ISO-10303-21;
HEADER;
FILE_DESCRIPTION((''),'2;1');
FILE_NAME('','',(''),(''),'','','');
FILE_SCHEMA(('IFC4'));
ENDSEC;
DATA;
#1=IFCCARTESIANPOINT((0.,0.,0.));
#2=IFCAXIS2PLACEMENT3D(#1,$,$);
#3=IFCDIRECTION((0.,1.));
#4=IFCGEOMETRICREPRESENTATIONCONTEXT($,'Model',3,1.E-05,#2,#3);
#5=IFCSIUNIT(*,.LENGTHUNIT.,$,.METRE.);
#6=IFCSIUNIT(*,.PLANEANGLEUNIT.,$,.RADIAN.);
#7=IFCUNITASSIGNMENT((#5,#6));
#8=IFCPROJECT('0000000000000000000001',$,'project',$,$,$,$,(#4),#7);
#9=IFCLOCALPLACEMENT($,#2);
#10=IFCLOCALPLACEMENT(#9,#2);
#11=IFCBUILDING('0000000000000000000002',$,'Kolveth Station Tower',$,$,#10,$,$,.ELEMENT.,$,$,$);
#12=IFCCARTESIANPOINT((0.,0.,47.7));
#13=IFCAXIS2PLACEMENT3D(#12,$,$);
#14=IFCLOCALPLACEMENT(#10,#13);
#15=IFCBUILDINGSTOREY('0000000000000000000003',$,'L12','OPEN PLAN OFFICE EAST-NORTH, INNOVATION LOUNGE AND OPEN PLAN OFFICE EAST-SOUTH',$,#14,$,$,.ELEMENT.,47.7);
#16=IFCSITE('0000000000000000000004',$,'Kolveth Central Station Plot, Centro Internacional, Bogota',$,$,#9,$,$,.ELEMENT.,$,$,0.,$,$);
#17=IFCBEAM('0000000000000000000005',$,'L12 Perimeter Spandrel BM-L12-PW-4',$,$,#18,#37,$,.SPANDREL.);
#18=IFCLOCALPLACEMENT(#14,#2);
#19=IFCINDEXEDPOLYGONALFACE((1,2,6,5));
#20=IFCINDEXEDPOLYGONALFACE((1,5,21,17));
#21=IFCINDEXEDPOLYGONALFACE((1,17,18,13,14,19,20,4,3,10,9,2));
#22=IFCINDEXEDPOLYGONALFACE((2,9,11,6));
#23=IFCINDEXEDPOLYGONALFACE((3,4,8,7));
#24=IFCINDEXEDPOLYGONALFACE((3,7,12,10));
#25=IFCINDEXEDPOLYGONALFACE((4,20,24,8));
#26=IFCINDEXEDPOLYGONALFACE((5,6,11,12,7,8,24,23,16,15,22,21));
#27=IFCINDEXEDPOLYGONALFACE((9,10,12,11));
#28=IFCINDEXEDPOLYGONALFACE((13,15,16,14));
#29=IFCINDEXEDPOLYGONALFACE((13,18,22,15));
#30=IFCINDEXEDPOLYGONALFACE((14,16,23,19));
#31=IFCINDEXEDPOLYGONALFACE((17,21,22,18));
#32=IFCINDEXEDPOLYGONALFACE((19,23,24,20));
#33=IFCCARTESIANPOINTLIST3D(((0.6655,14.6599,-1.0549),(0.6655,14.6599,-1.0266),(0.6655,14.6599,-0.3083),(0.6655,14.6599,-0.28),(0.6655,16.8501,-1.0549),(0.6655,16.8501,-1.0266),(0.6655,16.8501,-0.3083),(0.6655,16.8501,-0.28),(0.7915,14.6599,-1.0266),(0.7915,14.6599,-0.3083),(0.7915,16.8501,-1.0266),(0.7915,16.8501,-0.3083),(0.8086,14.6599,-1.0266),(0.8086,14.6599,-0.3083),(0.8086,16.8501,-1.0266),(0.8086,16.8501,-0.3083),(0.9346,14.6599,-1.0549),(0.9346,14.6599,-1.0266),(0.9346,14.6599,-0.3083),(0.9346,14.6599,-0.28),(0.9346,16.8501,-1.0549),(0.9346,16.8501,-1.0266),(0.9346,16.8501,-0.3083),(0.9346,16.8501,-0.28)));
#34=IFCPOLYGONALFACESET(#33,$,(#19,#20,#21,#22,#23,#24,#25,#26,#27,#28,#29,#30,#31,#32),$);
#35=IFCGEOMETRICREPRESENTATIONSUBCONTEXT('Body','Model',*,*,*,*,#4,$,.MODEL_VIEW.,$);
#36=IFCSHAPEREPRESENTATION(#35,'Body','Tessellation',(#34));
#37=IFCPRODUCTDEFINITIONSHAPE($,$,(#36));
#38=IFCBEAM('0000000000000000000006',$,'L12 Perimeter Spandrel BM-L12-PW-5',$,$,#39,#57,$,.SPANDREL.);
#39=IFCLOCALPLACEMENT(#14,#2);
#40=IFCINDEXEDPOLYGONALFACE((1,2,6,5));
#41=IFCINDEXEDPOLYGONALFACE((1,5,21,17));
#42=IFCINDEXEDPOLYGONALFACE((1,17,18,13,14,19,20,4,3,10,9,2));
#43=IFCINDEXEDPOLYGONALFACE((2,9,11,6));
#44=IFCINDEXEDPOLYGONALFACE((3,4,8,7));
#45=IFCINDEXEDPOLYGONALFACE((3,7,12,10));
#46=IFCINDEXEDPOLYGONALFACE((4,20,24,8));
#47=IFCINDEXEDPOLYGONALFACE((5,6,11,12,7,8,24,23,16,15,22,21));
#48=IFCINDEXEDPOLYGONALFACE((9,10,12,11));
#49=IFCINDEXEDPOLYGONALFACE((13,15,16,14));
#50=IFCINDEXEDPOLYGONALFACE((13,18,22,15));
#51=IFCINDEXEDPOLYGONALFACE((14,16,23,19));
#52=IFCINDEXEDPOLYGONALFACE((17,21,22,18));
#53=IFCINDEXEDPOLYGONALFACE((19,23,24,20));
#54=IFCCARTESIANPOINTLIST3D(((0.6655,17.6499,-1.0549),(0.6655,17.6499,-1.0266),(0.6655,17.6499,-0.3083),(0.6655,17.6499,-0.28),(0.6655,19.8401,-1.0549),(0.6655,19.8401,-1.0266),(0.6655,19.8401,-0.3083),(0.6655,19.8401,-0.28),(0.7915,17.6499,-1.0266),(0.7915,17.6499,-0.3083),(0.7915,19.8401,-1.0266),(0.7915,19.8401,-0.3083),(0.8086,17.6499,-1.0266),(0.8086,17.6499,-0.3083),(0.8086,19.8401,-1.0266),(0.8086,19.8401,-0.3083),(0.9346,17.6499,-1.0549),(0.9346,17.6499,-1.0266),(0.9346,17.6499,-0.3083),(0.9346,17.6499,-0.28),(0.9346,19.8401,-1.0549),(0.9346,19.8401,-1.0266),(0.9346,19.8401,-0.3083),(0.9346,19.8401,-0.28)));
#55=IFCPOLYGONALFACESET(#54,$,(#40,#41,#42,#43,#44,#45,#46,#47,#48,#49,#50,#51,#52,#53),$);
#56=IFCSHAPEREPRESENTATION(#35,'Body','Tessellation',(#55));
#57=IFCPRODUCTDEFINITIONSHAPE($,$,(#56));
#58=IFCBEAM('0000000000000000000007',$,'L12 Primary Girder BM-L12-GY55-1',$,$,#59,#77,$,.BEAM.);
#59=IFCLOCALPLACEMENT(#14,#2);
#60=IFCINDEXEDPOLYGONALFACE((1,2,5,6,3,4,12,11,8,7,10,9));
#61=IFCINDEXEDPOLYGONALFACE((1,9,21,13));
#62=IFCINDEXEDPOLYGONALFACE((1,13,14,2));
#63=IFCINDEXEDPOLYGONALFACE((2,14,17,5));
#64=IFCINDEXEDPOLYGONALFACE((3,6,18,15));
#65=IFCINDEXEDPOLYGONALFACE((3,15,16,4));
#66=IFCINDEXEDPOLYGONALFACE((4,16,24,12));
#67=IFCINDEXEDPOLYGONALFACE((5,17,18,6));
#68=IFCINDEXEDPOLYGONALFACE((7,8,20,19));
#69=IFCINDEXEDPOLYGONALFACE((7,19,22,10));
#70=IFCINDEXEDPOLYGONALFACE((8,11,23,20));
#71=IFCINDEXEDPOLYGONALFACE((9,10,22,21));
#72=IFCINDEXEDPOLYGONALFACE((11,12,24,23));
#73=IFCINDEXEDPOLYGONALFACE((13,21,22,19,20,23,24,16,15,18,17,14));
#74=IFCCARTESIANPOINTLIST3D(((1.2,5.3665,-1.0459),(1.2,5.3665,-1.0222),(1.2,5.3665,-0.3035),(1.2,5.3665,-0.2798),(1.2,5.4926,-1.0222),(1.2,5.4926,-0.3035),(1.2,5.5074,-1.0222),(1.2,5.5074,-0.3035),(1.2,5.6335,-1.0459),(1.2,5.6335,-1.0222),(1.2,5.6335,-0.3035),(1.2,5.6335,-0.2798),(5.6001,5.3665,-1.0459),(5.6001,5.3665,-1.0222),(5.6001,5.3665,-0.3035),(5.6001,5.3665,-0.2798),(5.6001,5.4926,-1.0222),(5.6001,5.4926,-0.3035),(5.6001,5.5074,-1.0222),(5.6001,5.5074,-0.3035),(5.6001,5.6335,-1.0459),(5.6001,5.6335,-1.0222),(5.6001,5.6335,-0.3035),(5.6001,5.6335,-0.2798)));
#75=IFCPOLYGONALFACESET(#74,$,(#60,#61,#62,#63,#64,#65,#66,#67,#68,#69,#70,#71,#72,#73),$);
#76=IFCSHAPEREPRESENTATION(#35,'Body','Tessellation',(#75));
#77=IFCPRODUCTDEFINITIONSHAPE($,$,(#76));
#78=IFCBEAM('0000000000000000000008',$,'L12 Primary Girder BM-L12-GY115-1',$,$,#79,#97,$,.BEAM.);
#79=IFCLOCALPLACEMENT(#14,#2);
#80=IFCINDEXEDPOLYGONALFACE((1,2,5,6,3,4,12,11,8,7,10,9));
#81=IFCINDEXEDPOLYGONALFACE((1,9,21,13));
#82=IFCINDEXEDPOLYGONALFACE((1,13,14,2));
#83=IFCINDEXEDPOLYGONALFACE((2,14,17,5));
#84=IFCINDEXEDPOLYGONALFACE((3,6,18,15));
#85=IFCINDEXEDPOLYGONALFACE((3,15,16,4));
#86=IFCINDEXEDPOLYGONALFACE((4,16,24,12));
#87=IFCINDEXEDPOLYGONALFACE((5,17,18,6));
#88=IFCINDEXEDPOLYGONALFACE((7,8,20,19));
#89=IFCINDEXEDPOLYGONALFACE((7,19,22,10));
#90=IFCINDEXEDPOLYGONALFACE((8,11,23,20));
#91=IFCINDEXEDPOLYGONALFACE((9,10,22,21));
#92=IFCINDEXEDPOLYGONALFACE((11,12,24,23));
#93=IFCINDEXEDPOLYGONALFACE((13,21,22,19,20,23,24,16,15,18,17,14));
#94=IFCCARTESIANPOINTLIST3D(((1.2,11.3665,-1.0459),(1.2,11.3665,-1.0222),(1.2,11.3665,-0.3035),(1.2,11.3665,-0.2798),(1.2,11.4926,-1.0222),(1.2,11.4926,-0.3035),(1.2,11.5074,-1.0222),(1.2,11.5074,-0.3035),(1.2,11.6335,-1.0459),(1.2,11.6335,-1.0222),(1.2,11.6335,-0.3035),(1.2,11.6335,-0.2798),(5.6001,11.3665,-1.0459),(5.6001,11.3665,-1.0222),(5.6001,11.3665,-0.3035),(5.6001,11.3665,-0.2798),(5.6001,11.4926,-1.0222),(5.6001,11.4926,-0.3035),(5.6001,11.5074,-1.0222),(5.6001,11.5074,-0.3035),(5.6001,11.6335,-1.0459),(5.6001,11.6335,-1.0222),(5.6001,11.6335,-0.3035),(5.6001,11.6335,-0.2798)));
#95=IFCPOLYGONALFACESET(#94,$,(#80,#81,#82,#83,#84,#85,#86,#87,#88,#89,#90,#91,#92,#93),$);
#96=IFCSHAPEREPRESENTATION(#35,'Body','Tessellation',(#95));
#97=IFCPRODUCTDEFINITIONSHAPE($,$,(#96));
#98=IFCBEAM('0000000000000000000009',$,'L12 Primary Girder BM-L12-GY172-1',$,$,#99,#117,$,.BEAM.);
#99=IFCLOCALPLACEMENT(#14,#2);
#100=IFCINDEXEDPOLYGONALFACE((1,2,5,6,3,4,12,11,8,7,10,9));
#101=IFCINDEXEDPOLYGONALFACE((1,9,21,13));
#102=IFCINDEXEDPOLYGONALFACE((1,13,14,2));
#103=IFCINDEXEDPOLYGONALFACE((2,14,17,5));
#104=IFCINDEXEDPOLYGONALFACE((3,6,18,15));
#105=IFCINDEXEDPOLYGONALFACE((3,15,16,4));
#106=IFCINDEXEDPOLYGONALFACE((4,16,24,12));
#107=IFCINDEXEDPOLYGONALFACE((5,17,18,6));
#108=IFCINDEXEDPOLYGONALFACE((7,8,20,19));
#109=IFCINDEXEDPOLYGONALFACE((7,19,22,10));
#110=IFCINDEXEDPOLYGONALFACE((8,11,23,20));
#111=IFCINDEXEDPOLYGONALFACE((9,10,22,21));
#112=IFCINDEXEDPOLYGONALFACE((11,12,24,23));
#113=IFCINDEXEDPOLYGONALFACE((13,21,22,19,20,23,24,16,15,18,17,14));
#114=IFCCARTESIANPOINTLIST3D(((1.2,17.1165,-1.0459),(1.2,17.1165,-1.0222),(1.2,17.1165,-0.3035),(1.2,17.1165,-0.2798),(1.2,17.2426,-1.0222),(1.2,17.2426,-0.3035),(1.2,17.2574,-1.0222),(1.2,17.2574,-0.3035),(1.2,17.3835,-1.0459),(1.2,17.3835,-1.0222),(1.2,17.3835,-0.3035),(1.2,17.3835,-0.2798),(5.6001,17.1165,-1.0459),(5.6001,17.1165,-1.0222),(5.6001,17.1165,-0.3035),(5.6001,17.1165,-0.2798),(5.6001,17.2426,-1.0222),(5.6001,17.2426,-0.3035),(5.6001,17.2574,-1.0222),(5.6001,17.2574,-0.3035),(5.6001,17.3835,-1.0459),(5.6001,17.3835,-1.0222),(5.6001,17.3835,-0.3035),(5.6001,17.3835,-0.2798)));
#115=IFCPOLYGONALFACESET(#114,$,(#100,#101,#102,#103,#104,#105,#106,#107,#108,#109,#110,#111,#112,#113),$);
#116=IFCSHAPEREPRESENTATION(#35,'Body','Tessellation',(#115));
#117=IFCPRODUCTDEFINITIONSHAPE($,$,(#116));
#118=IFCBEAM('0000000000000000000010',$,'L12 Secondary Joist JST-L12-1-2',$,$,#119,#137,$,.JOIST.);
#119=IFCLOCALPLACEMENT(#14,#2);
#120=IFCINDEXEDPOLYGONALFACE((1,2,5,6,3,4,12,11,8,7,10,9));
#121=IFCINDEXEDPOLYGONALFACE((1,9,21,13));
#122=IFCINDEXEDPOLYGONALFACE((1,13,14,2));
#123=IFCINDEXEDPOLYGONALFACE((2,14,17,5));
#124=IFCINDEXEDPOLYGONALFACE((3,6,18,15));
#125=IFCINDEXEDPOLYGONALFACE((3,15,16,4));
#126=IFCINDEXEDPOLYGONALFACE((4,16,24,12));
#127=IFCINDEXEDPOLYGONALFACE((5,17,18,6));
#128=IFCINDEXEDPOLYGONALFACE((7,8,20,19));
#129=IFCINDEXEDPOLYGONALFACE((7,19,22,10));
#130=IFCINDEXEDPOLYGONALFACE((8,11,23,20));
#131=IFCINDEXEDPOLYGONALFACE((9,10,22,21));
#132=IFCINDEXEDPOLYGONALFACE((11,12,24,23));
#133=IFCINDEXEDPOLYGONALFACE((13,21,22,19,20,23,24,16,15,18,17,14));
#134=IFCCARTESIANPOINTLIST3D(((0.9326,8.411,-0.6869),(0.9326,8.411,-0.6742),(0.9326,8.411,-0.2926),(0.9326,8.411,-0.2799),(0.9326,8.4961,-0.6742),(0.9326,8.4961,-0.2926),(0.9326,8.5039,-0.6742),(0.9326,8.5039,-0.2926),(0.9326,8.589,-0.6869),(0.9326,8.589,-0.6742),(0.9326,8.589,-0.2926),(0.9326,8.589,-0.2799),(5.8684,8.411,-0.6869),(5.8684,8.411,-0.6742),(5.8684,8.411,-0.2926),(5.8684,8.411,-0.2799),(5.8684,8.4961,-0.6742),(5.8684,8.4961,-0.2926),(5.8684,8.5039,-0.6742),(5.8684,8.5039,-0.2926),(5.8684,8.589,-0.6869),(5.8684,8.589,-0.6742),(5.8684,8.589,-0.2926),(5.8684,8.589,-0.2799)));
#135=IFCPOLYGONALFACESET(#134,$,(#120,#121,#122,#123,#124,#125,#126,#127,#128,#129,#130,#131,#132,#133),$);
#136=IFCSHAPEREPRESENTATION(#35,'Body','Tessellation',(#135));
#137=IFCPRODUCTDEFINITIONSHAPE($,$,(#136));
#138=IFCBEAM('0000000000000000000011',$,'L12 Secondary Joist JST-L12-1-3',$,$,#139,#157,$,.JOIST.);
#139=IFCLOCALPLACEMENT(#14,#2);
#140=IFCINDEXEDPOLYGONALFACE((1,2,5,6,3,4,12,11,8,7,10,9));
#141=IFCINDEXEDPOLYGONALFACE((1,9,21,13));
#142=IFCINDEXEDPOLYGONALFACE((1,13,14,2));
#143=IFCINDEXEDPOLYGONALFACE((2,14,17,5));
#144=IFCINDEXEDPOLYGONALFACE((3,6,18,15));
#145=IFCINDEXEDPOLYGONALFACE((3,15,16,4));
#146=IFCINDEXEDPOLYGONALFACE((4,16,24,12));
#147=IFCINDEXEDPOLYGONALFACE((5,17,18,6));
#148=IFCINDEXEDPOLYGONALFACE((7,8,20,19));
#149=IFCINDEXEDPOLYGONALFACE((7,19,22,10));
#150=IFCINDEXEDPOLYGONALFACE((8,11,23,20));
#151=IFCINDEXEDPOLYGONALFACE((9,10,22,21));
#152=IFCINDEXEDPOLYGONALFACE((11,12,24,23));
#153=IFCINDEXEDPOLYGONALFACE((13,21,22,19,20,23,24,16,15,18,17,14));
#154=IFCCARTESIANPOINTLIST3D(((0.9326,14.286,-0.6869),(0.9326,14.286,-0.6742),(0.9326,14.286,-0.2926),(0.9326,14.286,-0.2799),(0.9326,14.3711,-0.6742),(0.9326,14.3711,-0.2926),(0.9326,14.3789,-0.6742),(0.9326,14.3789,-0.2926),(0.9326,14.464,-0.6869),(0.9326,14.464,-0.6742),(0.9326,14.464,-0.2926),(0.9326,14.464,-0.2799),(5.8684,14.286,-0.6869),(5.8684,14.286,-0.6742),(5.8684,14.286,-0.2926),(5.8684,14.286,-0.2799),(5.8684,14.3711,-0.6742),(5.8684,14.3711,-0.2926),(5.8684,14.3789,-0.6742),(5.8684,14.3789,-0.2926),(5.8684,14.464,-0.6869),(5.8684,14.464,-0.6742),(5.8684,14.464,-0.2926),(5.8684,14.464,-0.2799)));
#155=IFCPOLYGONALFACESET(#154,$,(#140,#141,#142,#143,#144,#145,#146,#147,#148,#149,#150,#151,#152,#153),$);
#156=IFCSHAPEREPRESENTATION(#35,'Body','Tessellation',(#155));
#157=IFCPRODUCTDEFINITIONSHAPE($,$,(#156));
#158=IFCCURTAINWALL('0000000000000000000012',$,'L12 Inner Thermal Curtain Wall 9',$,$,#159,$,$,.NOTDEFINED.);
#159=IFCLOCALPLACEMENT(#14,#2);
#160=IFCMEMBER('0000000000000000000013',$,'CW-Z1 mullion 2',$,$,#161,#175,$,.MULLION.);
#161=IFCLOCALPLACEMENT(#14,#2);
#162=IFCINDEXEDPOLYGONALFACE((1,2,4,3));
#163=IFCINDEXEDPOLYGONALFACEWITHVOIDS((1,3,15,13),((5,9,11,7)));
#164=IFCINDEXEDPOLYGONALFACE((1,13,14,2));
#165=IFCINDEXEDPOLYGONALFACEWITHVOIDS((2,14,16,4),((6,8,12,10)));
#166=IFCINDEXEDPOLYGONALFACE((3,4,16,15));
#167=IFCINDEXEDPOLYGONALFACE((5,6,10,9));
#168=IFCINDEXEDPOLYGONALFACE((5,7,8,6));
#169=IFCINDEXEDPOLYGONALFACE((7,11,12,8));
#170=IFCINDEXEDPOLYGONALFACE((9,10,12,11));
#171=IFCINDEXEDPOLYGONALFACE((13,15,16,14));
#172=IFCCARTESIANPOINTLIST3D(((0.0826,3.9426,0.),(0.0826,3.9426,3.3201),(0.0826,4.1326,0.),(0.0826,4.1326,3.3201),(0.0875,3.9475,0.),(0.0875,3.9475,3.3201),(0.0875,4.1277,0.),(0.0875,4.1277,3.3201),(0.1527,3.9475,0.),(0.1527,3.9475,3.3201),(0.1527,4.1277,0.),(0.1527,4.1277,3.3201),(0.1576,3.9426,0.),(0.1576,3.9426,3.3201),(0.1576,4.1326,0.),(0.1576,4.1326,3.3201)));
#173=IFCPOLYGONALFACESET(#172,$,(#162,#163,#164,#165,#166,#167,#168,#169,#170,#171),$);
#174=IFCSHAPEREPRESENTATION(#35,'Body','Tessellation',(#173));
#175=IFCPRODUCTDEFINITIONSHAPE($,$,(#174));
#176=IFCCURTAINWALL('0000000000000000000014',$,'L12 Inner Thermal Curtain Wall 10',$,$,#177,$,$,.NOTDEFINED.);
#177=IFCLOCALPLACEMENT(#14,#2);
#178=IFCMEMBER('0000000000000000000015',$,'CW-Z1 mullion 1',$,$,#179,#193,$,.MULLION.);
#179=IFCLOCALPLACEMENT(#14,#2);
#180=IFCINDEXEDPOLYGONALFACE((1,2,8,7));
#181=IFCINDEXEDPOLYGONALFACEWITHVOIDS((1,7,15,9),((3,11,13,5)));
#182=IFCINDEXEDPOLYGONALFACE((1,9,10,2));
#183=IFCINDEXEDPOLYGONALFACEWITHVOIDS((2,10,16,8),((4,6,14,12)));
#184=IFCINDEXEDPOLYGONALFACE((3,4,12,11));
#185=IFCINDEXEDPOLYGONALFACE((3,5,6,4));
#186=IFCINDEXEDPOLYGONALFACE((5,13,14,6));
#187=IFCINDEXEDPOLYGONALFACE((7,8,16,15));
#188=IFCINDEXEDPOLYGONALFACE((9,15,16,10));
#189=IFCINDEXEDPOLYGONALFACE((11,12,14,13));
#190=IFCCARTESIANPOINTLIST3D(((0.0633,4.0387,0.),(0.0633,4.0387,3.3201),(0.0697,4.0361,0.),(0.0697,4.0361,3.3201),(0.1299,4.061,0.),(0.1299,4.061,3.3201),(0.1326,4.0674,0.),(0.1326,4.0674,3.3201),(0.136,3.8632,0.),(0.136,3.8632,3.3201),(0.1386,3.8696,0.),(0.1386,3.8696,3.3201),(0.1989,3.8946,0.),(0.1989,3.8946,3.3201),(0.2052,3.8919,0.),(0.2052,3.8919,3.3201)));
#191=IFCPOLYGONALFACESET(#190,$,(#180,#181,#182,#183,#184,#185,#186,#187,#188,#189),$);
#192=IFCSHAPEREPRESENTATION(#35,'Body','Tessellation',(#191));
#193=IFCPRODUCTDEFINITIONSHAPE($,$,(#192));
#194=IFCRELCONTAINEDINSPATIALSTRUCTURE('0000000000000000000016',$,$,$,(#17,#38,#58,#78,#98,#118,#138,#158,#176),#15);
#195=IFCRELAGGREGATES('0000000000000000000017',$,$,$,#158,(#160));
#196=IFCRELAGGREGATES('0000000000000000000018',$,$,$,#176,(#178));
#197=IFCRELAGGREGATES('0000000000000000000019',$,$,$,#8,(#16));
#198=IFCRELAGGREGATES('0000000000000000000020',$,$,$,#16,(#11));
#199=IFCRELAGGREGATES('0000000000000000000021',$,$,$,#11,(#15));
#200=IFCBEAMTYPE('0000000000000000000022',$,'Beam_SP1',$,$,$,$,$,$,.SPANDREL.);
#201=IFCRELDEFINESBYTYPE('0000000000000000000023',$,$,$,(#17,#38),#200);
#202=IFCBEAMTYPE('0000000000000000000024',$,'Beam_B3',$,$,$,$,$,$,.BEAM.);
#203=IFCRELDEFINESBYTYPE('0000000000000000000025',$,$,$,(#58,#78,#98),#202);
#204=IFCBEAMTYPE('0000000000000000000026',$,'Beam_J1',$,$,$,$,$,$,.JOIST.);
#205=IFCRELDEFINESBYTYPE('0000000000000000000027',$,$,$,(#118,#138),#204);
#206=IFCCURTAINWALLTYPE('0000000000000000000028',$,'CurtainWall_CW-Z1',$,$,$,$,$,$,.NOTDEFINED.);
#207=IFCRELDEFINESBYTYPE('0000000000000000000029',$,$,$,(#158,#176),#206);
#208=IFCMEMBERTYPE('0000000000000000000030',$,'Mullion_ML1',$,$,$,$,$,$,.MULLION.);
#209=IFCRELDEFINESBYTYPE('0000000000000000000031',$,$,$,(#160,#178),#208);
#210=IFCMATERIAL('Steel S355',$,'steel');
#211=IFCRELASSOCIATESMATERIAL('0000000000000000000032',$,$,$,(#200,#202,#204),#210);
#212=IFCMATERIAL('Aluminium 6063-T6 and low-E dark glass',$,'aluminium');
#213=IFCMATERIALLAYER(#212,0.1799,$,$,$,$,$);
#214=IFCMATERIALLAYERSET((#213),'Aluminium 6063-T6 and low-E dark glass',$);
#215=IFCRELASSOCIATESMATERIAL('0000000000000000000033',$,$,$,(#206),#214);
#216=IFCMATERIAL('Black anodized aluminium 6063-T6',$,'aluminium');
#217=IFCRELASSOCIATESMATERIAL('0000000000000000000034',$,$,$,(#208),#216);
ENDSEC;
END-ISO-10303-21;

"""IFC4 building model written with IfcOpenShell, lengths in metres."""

from ifc_helpers import new_model, si_unit, direction, frame, origin, origin_2d, place, context, subcontext, project, spatial, hollow_rectangle, i_section, extrude, source, transform, mapped, material, layer, layer_set, material_profile, profile_set, type_object, element, aggregate, save


model = new_model("IFC4")

# Units and contexts
model_context = context("Model", 3, precision=1e-05, world=origin(), true_north=direction((0.0, 1.0)))
body_context = subcontext(model_context, "Body", "Model", "MODEL_VIEW")
ifc_project = project(units=[si_unit("LENGTHUNIT", "METRE"), si_unit("PLANEANGLEUNIT", "RADIAN")], contexts=[model_context])

# Site, building, storey
site_placement = place(None, origin())
site = spatial("IfcSite", under=ifc_project, at=site_placement, Name="Kolveth Central Station Plot, Centro Internacional, Bogota", CompositionType="ELEMENT", RefElevation=0.0)
building_placement = place(site_placement, origin())
building = spatial("IfcBuilding", under=site, at=building_placement, Name="Kolveth Station Tower", CompositionType="ELEMENT")
storey_placement = place(building_placement, frame((0.0, 0.0, 47.7)))
storey = spatial("IfcBuildingStorey", under=building, at=storey_placement, Name="L12", Description="OPEN PLAN OFFICE EAST-NORTH, INNOVATION LOUNGE AND OPEN PLAN OFFICE EAST-SOUTH", CompositionType="ELEMENT", Elevation=47.7)

# Shared definitions
ifc_material_1 = material(Name="Steel S355", Category="steel")

# Beams
ifc_material_profile_1 = material_profile(ifc_material_1, i_section(OverallWidth=0.269, OverallDepth=0.7749, WebThickness=0.0171, FlangeThickness=0.0283, at=origin_2d()), Name="W760x220")
ifc_profile_set_1 = profile_set([ifc_material_profile_1], Name="Steel S355")
beam_type_1 = type_object("IfcBeamType", Name="Beam_SP1", PredefinedType="SPANDREL", material=ifc_profile_set_1)
shared_shape_1 = source(origin(), body_context, "Body", "SweptSolid", [
    extrude(i_section(OverallWidth=0.269, OverallDepth=0.7749, WebThickness=0.0171, FlangeThickness=0.0283, at=origin_2d()), origin(), (0.0, 0.0, 1.0), 2.1902),
])
for number, where, z_axis, x_axis, name in (
    (1, (0.8, 14.6599, -0.6675), (0.0, 1.0, 0.0), (-1.0, 0.0, 0.0), "L12 Perimeter Spandrel BM-L12-PW-4"),
    (2, (0.8, 17.6499, -0.6675), (0.0, 1.0, 0.0), (-1.0, 0.0, 0.0), "L12 Perimeter Spandrel BM-L12-PW-5"),
):
    element("IfcBeam", number, at=place(storey_placement, frame(where, z_axis=z_axis, x_axis=x_axis)), inside=storey, type_object=beam_type_1, Name=name, PredefinedType="SPANDREL", context=body_context, shape_type="MappedRepresentation", body=[
        mapped(shared_shape_1, transform((0.0, 0.0, 0.0), x_axis=(1.0, 0.0, 0.0), y_axis=(0.0, 1.0, 0.0), z_axis=(0.0, 0.0, 1.0), scale=1.0)),
    ])
ifc_material_profile_2 = material_profile(ifc_material_1, i_section(OverallWidth=0.2671, OverallDepth=0.7661, WebThickness=0.0149, FlangeThickness=0.0237, at=origin_2d()), Name="W760x185")
ifc_profile_set_2 = profile_set([ifc_material_profile_2], Name="Steel S355")
beam_type_2 = type_object("IfcBeamType", Name="Beam_B3", PredefinedType="BEAM", material=ifc_profile_set_2)
shared_shape_2 = source(origin(), body_context, "Body", "SweptSolid", [
    extrude(i_section(OverallWidth=0.2671, OverallDepth=0.7661, WebThickness=0.0149, FlangeThickness=0.0237, at=origin_2d()), origin(), (0.0, 0.0, 1.0), 4.4001),
])
for number, where, z_axis, x_axis, name in (
    (3, (1.2, 5.5, -0.6628), (1.0, 0.0, 0.0), (0.0, 1.0, 0.0), "L12 Primary Girder BM-L12-GY55-1"),
    (4, (1.2, 11.5, -0.6628), (1.0, 0.0, 0.0), (0.0, 1.0, 0.0), "L12 Primary Girder BM-L12-GY115-1"),
    (5, (1.2, 17.25, -0.6628), (1.0, 0.0, 0.0), (0.0, 1.0, 0.0), "L12 Primary Girder BM-L12-GY172-1"),
):
    element("IfcBeam", number, at=place(storey_placement, frame(where, z_axis=z_axis, x_axis=x_axis)), inside=storey, type_object=beam_type_2, Name=name, PredefinedType="BEAM", context=body_context, shape_type="MappedRepresentation", body=[
        mapped(shared_shape_2, transform((0.0, 0.0, 0.0), x_axis=(1.0, 0.0, 0.0), y_axis=(0.0, 1.0, 0.0), z_axis=(0.0, 0.0, 1.0), scale=1.0)),
    ])
ifc_material_profile_3 = material_profile(ifc_material_1, i_section(OverallWidth=0.178, OverallDepth=0.407, WebThickness=0.0078, FlangeThickness=0.0127, at=origin_2d()), Name="W410x60")
ifc_profile_set_3 = profile_set([ifc_material_profile_3], Name="Steel S355")
beam_type_3 = type_object("IfcBeamType", Name="Beam_J1", PredefinedType="JOIST", material=ifc_profile_set_3)
shared_shape_3 = source(origin(), body_context, "Body", "SweptSolid", [
    extrude(i_section(OverallWidth=0.178, OverallDepth=0.407, WebThickness=0.0078, FlangeThickness=0.0127, at=origin_2d()), origin(), (0.0, 0.0, 1.0), 4.9358),
])
for number, where, z_axis, x_axis, name in (
    (6, (0.9326, 8.5, -0.4834), (1.0, 0.0, 0.0), (0.0, 1.0, 0.0), "L12 Secondary Joist JST-L12-1-2"),
    (7, (0.9326, 14.375, -0.4834), (1.0, 0.0, 0.0), (0.0, 1.0, 0.0), "L12 Secondary Joist JST-L12-1-3"),
):
    element("IfcBeam", number, at=place(storey_placement, frame(where, z_axis=z_axis, x_axis=x_axis)), inside=storey, type_object=beam_type_3, Name=name, PredefinedType="JOIST", context=body_context, shape_type="MappedRepresentation", body=[
        mapped(shared_shape_3, transform((0.0, 0.0, 0.0), x_axis=(1.0, 0.0, 0.0), y_axis=(0.0, 1.0, 0.0), z_axis=(0.0, 0.0, 1.0), scale=1.0)),
    ])

# Curtain wall, member
ifc_material_2 = material(Name="Aluminium 6063-T6 and low-E dark glass", Category="aluminium")
ifc_layer_1 = layer(ifc_material_2, 0.1799)
ifc_layer_set_1 = layer_set([ifc_layer_1], Name="Aluminium 6063-T6 and low-E dark glass")
curtain_wall_type_1 = type_object("IfcCurtainWallType", Name="CurtainWall_CW-Z1", PredefinedType="NOTDEFINED", material=ifc_layer_set_1)
curtain_wall_1_placement = place(storey_placement, origin())
curtain_wall_1 = element("IfcCurtainWall", 8, at=curtain_wall_1_placement, inside=storey, type_object=curtain_wall_type_1, Name="L12 Inner Thermal Curtain Wall 9", PredefinedType="NOTDEFINED")
ifc_material_3 = material(Name="Black anodized aluminium 6063-T6", Category="aluminium")
ifc_material_profile_4 = material_profile(ifc_material_3, hollow_rectangle(XDim=0.075, YDim=0.1899, WallThickness=0.0049, at=origin_2d()), Name="ALU-75x190x5")
ifc_profile_set_4 = profile_set([ifc_material_profile_4], Name="Black anodized aluminium 6063-T6")
member_type_1 = type_object("IfcMemberType", Name="Mullion_ML1", PredefinedType="MULLION", material=ifc_profile_set_4)
shared_shape_4 = source(origin(), body_context, "Body", "SweptSolid", [
    extrude(hollow_rectangle(XDim=0.075, YDim=0.1899, WallThickness=0.0049, at=origin_2d()), origin(), (0.0, 0.0, 1.0), 3.3201),
])
member_1_placement = place(storey_placement, frame((0.1201, 4.0376, 0.0), z_axis=(0.0, 0.0, 1.0), x_axis=(1.0, 0.0, 0.0)))
member_1 = element("IfcMember", 9, at=member_1_placement, type_object=member_type_1, Name="CW-Z1 mullion 2", PredefinedType="MULLION", context=body_context, shape_type="MappedRepresentation", body=[
    mapped(shared_shape_4, transform((0.0, 0.0, 0.0), x_axis=(1.0, 0.0, 0.0), y_axis=(0.0, 1.0, 0.0), z_axis=(0.0, 0.0, 1.0), scale=1.0)),
])
aggregate(curtain_wall_1, [member_1])

# Curtain wall, member
curtain_wall_2_placement = place(storey_placement, origin())
curtain_wall_2 = element("IfcCurtainWall", 10, at=curtain_wall_2_placement, inside=storey, type_object=curtain_wall_type_1, Name="L12 Inner Thermal Curtain Wall 10", PredefinedType="NOTDEFINED")
member_2_placement = place(storey_placement, frame((0.1343, 3.9653, 0.0), z_axis=(0.0, 0.0, 1.0), x_axis=(0.923884, 0.382673, 0.0)))
member_2 = element("IfcMember", 11, at=member_2_placement, type_object=member_type_1, Name="CW-Z1 mullion 1", PredefinedType="MULLION", context=body_context, shape_type="MappedRepresentation", body=[
    mapped(shared_shape_4, transform((0.0, 0.0, 0.0), x_axis=(1.0, 0.0, 0.0), y_axis=(0.0, 1.0, 0.0), z_axis=(0.0, 0.0, 1.0), scale=1.0)),
])
aggregate(curtain_wall_2, [member_2])

save(model, "model.ifc")
